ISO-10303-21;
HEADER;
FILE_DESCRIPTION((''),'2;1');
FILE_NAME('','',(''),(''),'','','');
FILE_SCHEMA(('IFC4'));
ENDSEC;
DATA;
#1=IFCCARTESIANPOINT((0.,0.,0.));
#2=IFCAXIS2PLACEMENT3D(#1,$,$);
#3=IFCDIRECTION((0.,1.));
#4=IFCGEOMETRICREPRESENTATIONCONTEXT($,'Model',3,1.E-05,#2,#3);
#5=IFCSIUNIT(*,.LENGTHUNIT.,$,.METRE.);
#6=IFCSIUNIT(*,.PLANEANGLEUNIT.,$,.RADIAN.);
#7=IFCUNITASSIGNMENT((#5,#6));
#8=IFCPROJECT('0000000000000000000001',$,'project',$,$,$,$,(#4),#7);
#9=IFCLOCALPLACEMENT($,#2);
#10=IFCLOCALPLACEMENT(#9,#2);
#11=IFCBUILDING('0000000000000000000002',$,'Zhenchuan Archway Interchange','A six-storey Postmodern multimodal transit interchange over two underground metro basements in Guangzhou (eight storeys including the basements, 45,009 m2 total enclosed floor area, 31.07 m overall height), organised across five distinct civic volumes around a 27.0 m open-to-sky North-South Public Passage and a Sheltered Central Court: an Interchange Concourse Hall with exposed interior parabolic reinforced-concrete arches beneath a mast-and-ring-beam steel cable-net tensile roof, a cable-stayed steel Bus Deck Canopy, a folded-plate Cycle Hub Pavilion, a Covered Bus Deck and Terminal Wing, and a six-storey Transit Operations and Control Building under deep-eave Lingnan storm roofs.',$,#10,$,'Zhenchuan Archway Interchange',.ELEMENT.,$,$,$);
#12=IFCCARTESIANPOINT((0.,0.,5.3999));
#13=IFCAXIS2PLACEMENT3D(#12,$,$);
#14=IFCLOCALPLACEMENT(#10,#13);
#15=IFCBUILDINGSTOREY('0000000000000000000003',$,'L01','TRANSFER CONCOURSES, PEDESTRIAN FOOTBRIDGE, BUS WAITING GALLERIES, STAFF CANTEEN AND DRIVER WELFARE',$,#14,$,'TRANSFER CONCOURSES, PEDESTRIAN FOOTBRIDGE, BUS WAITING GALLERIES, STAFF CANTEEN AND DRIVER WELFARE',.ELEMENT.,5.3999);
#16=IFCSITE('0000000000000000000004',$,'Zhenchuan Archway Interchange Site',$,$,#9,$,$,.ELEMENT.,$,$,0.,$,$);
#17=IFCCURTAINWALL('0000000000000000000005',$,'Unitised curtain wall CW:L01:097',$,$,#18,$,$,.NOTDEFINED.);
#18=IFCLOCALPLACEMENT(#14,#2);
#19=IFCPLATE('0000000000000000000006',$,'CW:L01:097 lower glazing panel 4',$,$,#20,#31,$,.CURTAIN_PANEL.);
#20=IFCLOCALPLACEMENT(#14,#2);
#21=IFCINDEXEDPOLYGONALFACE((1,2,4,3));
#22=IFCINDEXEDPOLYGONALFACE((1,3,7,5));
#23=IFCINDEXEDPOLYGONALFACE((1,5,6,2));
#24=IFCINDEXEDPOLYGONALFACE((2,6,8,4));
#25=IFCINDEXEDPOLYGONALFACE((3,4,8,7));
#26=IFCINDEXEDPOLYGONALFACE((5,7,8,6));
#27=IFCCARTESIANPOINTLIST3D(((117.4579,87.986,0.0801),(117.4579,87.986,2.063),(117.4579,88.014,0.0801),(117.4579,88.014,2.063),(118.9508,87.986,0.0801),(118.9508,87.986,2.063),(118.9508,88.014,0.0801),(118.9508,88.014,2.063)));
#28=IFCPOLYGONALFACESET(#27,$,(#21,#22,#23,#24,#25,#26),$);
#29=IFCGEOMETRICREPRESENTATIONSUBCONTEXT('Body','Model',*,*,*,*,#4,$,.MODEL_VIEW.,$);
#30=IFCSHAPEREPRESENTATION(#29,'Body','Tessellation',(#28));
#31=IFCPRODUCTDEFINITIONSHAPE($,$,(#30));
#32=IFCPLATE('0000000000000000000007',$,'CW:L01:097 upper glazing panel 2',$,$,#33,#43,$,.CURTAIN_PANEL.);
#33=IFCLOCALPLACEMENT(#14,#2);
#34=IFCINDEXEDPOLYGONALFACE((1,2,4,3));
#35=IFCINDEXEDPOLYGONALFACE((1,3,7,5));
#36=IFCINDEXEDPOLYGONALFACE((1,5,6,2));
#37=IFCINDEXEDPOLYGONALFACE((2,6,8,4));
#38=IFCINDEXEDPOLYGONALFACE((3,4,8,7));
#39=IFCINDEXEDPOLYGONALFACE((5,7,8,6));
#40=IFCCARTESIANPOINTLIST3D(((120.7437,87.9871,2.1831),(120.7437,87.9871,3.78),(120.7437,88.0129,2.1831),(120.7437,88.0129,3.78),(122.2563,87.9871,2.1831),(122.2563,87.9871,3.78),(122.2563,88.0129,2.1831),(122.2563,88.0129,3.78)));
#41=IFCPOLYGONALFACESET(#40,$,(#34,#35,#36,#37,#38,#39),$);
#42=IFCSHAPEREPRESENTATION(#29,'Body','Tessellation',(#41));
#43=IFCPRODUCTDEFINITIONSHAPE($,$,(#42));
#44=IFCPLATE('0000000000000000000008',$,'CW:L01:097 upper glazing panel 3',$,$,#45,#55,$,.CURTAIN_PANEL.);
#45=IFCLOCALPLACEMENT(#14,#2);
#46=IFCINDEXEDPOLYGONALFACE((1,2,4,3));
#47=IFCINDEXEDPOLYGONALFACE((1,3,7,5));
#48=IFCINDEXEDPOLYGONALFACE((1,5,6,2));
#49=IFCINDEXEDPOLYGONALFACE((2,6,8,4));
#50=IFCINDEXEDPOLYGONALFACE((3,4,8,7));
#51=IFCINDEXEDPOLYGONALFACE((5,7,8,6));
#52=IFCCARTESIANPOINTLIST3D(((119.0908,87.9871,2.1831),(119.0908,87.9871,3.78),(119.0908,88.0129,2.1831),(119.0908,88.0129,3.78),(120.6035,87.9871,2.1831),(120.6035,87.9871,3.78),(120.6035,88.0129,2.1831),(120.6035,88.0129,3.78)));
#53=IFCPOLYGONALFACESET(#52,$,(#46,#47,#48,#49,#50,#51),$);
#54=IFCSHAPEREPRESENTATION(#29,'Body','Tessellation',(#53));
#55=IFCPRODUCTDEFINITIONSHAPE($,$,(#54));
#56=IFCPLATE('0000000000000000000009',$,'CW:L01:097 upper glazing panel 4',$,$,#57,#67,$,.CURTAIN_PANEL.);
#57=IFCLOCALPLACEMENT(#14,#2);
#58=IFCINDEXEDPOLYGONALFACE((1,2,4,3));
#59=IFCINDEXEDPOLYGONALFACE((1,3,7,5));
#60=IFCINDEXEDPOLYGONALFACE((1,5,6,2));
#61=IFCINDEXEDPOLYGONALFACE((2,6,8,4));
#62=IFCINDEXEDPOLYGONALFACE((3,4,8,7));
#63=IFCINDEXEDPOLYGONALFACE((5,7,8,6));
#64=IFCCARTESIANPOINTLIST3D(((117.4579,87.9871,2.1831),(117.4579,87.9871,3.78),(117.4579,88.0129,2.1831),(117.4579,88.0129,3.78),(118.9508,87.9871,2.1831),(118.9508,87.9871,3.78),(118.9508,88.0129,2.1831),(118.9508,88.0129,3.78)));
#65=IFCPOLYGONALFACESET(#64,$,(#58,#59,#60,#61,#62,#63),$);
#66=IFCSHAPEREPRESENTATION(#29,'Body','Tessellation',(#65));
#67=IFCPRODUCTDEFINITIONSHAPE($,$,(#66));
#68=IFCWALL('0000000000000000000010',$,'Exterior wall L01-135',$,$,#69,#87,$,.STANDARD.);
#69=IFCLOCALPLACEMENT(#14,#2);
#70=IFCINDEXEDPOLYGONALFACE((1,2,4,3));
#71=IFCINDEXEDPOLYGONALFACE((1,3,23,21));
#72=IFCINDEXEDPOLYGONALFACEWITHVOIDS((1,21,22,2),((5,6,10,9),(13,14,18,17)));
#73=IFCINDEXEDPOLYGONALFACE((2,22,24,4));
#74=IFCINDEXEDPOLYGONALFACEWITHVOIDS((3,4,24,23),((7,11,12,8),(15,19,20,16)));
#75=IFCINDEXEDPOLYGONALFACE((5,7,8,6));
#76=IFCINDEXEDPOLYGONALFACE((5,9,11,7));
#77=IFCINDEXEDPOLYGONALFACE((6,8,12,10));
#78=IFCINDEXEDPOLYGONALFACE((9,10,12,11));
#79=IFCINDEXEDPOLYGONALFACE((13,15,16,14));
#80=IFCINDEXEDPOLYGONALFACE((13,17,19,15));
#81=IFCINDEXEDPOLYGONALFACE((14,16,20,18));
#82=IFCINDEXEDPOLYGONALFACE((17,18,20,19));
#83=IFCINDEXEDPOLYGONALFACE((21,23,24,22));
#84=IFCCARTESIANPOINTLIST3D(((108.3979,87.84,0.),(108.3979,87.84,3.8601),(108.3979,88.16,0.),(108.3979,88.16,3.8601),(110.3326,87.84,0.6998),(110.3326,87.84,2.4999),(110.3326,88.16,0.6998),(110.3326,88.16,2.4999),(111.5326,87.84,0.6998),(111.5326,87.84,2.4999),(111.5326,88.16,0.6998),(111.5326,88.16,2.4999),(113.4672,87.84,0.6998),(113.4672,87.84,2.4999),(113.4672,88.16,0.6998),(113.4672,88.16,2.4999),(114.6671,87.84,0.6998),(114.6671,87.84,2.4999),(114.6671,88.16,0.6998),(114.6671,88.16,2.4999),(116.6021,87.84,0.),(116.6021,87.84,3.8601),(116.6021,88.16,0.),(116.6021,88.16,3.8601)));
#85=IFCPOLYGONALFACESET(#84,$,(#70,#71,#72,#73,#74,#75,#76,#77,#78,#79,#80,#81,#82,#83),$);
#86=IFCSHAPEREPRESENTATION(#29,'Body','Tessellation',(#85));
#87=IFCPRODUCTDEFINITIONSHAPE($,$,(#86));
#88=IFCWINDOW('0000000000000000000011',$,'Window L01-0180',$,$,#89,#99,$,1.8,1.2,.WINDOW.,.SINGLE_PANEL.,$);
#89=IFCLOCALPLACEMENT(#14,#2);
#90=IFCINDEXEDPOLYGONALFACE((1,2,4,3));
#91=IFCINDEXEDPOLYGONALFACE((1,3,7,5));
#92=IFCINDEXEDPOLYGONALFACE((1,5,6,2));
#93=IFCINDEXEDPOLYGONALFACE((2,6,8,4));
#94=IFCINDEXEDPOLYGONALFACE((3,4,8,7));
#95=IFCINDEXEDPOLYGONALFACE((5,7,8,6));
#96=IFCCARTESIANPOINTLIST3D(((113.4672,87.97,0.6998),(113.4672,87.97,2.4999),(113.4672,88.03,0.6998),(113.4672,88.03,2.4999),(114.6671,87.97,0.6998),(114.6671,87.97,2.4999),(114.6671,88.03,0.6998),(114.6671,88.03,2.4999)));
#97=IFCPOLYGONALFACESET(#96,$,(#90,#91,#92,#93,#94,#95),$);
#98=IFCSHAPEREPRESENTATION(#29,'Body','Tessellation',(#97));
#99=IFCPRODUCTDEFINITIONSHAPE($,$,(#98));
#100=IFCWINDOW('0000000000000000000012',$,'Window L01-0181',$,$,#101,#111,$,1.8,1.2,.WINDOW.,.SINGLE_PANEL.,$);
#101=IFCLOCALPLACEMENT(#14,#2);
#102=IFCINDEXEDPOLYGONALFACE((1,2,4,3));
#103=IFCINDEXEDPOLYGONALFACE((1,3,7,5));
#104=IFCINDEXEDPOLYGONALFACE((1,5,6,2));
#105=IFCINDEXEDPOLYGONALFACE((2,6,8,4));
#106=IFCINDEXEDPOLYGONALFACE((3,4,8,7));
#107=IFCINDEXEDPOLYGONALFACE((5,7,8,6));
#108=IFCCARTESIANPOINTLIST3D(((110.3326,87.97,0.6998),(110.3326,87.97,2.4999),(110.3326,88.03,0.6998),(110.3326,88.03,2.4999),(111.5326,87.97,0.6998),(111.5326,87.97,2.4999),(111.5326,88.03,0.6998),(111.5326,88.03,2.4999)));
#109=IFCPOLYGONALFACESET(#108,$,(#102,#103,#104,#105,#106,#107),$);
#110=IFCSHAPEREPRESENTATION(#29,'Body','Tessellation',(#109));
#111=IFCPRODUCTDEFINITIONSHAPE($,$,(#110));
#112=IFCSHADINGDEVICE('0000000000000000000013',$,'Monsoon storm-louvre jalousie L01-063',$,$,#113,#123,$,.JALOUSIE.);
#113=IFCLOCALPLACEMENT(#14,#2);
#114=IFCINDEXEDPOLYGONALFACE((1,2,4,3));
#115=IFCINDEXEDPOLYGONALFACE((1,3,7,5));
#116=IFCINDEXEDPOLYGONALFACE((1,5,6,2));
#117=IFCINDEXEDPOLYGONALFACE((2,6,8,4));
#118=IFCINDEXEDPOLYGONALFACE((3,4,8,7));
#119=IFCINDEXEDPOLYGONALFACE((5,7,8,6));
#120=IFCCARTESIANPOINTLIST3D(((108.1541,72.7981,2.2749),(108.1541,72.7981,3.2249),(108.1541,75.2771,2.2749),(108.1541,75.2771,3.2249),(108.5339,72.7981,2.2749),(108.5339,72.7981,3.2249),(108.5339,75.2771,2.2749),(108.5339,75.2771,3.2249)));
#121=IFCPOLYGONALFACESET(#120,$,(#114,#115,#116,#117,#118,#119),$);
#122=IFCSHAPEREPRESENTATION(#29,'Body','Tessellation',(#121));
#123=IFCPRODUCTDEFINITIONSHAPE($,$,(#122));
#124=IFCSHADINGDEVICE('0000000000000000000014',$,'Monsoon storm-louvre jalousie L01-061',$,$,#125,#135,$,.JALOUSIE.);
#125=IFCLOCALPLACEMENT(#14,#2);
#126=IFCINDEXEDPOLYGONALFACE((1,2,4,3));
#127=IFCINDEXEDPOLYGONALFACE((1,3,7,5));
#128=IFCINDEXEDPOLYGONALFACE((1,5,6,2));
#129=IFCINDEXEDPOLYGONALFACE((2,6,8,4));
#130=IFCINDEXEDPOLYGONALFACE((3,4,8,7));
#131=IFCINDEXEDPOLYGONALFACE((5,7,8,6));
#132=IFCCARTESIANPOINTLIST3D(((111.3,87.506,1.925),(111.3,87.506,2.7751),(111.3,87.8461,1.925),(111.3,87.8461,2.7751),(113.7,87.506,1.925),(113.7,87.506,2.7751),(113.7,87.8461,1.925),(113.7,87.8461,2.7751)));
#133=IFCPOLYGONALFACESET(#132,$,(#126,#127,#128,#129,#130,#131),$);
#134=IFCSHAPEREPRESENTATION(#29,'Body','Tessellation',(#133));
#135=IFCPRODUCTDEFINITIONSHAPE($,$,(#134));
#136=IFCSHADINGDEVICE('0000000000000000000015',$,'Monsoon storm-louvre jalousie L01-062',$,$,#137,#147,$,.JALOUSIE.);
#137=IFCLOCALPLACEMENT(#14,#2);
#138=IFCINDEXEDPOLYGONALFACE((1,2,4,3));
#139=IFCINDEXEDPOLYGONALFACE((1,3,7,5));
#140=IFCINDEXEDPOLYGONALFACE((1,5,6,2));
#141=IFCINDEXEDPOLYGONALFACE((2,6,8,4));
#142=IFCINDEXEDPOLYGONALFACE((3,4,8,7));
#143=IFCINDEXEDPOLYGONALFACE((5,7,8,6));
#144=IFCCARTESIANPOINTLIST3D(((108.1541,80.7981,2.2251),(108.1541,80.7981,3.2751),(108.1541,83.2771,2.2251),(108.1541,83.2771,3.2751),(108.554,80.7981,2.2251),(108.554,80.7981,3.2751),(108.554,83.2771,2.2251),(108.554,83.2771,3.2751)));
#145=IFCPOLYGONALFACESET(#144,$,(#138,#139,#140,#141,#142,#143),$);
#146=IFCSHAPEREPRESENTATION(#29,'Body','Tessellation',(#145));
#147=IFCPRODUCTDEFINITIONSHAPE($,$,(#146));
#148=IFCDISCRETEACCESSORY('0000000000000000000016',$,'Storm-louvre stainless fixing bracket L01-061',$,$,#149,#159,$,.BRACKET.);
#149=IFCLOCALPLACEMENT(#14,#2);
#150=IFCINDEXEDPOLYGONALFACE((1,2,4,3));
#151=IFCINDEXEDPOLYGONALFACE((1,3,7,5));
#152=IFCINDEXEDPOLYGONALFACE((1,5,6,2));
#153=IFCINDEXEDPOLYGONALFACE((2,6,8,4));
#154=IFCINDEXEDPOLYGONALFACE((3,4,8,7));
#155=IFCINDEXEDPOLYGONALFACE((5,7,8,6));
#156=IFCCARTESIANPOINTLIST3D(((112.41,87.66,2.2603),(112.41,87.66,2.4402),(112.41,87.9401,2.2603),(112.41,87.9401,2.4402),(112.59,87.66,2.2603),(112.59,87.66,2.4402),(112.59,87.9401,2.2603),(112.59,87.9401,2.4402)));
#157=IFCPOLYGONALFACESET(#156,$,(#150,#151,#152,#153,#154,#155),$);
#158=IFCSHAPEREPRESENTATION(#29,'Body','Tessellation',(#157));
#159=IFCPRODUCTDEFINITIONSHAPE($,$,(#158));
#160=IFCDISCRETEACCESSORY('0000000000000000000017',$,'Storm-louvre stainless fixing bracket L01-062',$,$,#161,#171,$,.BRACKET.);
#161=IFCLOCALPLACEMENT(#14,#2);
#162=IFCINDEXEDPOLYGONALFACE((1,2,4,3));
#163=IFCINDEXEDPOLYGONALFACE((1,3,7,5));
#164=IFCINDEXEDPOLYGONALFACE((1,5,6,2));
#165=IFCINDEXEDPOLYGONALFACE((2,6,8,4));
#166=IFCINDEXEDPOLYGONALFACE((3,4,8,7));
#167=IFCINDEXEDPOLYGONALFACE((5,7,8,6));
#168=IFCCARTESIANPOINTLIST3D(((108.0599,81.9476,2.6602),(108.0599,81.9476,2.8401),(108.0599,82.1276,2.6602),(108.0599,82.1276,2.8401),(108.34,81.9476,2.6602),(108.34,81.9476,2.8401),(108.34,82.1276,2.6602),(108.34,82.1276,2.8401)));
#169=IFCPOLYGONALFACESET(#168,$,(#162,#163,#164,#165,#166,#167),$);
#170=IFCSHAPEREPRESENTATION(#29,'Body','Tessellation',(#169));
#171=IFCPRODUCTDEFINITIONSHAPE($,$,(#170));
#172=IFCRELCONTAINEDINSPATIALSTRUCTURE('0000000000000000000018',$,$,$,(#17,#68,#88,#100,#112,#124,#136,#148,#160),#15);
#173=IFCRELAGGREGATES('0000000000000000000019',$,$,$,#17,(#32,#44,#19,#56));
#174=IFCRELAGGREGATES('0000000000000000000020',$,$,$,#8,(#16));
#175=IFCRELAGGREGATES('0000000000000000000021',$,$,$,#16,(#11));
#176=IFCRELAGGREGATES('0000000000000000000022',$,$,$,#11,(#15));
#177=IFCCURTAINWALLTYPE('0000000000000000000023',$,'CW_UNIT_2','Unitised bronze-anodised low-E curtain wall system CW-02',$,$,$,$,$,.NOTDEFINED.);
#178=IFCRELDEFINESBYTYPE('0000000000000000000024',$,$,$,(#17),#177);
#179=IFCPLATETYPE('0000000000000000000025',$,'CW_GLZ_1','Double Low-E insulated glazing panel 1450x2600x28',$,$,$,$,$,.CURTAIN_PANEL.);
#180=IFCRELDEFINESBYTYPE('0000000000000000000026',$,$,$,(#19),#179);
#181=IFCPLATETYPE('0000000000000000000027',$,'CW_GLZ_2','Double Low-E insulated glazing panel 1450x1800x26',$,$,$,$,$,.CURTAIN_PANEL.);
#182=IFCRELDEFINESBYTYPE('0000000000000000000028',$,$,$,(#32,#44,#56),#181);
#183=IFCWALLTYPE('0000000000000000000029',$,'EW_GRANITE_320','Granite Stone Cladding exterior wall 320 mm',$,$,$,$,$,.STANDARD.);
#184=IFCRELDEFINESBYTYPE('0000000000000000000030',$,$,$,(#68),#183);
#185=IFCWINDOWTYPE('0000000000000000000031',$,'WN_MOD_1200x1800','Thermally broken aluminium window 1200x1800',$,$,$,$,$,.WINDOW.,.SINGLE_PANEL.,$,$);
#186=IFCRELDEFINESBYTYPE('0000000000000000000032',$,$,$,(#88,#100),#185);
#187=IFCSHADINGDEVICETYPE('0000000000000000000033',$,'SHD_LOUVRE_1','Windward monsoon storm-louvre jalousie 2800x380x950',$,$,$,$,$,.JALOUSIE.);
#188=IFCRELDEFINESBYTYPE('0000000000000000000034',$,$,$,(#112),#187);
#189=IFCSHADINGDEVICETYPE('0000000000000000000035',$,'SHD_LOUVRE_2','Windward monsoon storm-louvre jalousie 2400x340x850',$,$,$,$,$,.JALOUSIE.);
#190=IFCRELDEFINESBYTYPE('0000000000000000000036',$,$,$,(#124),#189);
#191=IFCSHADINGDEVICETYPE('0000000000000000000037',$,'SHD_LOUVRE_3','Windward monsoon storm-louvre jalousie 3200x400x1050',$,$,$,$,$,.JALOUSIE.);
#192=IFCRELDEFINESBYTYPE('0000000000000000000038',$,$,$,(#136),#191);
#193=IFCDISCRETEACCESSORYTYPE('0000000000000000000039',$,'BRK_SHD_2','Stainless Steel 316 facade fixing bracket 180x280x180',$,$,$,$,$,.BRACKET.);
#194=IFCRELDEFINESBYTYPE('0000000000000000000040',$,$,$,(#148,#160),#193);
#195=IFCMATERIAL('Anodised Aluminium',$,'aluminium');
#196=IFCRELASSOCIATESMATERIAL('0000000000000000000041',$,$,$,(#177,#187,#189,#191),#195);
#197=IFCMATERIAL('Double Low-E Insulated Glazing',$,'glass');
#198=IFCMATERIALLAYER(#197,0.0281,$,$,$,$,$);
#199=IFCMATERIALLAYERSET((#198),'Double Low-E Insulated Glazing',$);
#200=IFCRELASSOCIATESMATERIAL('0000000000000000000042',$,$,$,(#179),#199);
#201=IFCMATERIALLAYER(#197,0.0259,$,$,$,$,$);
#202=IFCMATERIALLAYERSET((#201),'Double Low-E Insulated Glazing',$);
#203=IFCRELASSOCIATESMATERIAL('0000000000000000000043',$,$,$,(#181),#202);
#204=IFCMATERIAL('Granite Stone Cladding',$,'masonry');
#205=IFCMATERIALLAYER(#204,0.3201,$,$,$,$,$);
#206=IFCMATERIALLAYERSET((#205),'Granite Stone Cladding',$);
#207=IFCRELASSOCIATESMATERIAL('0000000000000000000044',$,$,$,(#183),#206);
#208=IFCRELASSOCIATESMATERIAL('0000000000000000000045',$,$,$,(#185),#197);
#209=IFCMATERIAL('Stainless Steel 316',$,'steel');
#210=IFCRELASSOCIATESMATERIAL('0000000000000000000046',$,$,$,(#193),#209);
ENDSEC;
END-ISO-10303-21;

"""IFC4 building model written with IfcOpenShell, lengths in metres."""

from ifc_helpers import new_model, si_unit, direction, frame, frame_2d, origin, origin_2d, place, context, subcontext, project, spatial, rectangle, extrude, material, layer, layer_set, type_object, element, fill, aggregate, save


model = new_model("IFC4")

# Units and contexts
model_context = context("Model", 3, precision=1e-05, world=origin(), true_north=direction((0.0, 1.0)))
body_context = subcontext(model_context, "Body", "Model", "MODEL_VIEW")
ifc_project = project(units=[si_unit("LENGTHUNIT", "METRE"), si_unit("PLANEANGLEUNIT", "RADIAN")], contexts=[model_context])

# Site, building, storey
site_placement = place(None, origin())
site = spatial("IfcSite", under=ifc_project, at=site_placement, Name="Zhenchuan Archway Interchange Site", CompositionType="ELEMENT", RefElevation=0.0)
building_placement = place(site_placement, origin())
building = spatial("IfcBuilding", under=site, at=building_placement, Name="Zhenchuan Archway Interchange", Description="A six-storey Postmodern multimodal transit interchange over two underground metro basements in Guangzhou (eight storeys including the basements, 45,009 m2 total enclosed floor area, 31.07 m overall height), organised across five distinct civic volumes around a 27.0 m open-to-sky North-South Public Passage and a Sheltered Central Court: an Interchange Concourse Hall with exposed interior parabolic reinforced-concrete arches beneath a mast-and-ring-beam steel cable-net tensile roof, a cable-stayed steel Bus Deck Canopy, a folded-plate Cycle Hub Pavilion, a Covered Bus Deck and Terminal Wing, and a six-storey Transit Operations and Control Building under deep-eave Lingnan storm roofs.", LongName="Zhenchuan Archway Interchange", CompositionType="ELEMENT")
storey_placement = place(building_placement, frame((0.0, 0.0, 5.3999)))
storey = spatial("IfcBuildingStorey", under=building, at=storey_placement, Name="L01", Description="TRANSFER CONCOURSES, PEDESTRIAN FOOTBRIDGE, BUS WAITING GALLERIES, STAFF CANTEEN AND DRIVER WELFARE", LongName="TRANSFER CONCOURSES, PEDESTRIAN FOOTBRIDGE, BUS WAITING GALLERIES, STAFF CANTEEN AND DRIVER WELFARE", CompositionType="ELEMENT", Elevation=5.3999)

# Curtain wall
ifc_material_1 = material(Name="Anodised Aluminium", Category="aluminium")
curtain_wall_type = type_object("IfcCurtainWallType", Name="CW_UNIT_2", Description="Unitised bronze-anodised low-E curtain wall system CW-02", PredefinedType="NOTDEFINED", material=ifc_material_1)
curtain_wall_placement = place(storey_placement, origin())
curtain_wall = element("IfcCurtainWall", 1, at=curtain_wall_placement, inside=storey, type_object=curtain_wall_type, Name="Unitised curtain wall CW:L01:097", PredefinedType="NOTDEFINED")

# Plates
ifc_material_2 = material(Name="Double Low-E Insulated Glazing", Category="glass")
ifc_layer_1 = layer(ifc_material_2, 0.0281)
ifc_layer_set_1 = layer_set([ifc_layer_1], Name="Double Low-E Insulated Glazing")
plate_type_1 = type_object("IfcPlateType", Name="CW_GLZ_1", Description="Double Low-E insulated glazing panel 1450x2600x28", PredefinedType="CURTAIN_PANEL", material=ifc_layer_set_1)
plate_1_placement = place(storey_placement, frame((118.2043, 88.0, 0.0801), z_axis=(0.0, 0.0, 1.0), x_axis=(-1.0, 0.0, 0.0)))
plate_1 = element("IfcPlate", 2, at=plate_1_placement, type_object=plate_type_1, Name="CW:L01:097 lower glazing panel 4", PredefinedType="CURTAIN_PANEL", context=body_context, shape_type="SweptSolid", body=[
    extrude(rectangle(XDim=1.4929, YDim=0.0281, at=origin_2d()), origin(), (0.0, 0.0, 1.0), 1.9829),
])
ifc_layer_2 = layer(ifc_material_2, 0.0259)
ifc_layer_set_2 = layer_set([ifc_layer_2], Name="Double Low-E Insulated Glazing")
plate_type_2 = type_object("IfcPlateType", Name="CW_GLZ_2", Description="Double Low-E insulated glazing panel 1450x1800x26", PredefinedType="CURTAIN_PANEL", material=ifc_layer_set_2)
plate_2_placement = place(storey_placement, frame((121.5, 88.0, 2.1831), z_axis=(0.0, 0.0, 1.0), x_axis=(-1.0, 0.0, 0.0)))
plate_2 = element("IfcPlate", 3, at=plate_2_placement, type_object=plate_type_2, Name="CW:L01:097 upper glazing panel 2", PredefinedType="CURTAIN_PANEL", context=body_context, shape_type="SweptSolid", body=[
    extrude(rectangle(XDim=1.5127, YDim=0.0259, at=origin_2d()), origin(), (0.0, 0.0, 1.0), 1.5969),
])
plate_3_placement = place(storey_placement, frame((119.8472, 88.0, 2.1831), z_axis=(0.0, 0.0, 1.0), x_axis=(-1.0, 0.0, 0.0)))
plate_3 = element("IfcPlate", 4, at=plate_3_placement, type_object=plate_type_2, Name="CW:L01:097 upper glazing panel 3", PredefinedType="CURTAIN_PANEL", context=body_context, shape_type="SweptSolid", body=[
    extrude(rectangle(XDim=1.5127, YDim=0.0259, at=origin_2d()), origin(), (0.0, 0.0, 1.0), 1.5969),
])
plate_4_placement = place(storey_placement, frame((118.2043, 88.0, 2.1831), z_axis=(0.0, 0.0, 1.0), x_axis=(-1.0, 0.0, 0.0)))
plate_4 = element("IfcPlate", 5, at=plate_4_placement, type_object=plate_type_2, Name="CW:L01:097 upper glazing panel 4", PredefinedType="CURTAIN_PANEL", context=body_context, shape_type="SweptSolid", body=[
    extrude(rectangle(XDim=1.4929, YDim=0.0259, at=origin_2d()), origin(), (0.0, 0.0, 1.0), 1.5969),
])
aggregate(curtain_wall, [plate_2, plate_3, plate_1, plate_4])

# Wall, openings, windows
ifc_material_3 = material(Name="Granite Stone Cladding", Category="masonry")
ifc_layer_3 = layer(ifc_material_3, 0.3201)
ifc_layer_set_3 = layer_set([ifc_layer_3], Name="Granite Stone Cladding")
wall_type = type_object("IfcWallType", Name="EW_GRANITE_320", Description="Granite Stone Cladding exterior wall 320 mm", PredefinedType="STANDARD", material=ifc_layer_set_3)
wall_placement = place(storey_placement, frame((116.6021, 88.0, 0.0), z_axis=(0.0, 0.0, 1.0), x_axis=(-1.0, 0.0, 0.0)))
wall = element("IfcWall", 6, at=wall_placement, inside=storey, type_object=wall_type, Name="Exterior wall L01-135", PredefinedType="STANDARD", context=body_context, shape_type="SweptSolid", body=[
    extrude(rectangle(XDim=8.2041, YDim=0.3201, at=frame_2d((4.1021, 0.0))), origin(), (0.0, 0.0, 1.0), 3.8601),
])
opening_1_placement = place(wall_placement, frame((1.9348, 0.0, 0.7)))
opening_1 = element("IfcOpeningElement", 7, at=opening_1_placement, cuts=wall, PredefinedType="OPENING", context=body_context, shape_type="SweptSolid", body=[
    extrude(rectangle(XDim=1.2, YDim=1.8, at=frame_2d((0.6001, 0.8999))), frame((0.0, 0.1719, 0.0), z_axis=(0.0, -1.0, 0.0), x_axis=(1.0, 0.0, 0.0)), (0.0, 0.0, 1.0), 0.344),
])
opening_2_placement = place(wall_placement, frame((5.0693, 0.0, 0.7)))
opening_2 = element("IfcOpeningElement", 8, at=opening_2_placement, cuts=wall, PredefinedType="OPENING", context=body_context, shape_type="SweptSolid", body=[
    extrude(rectangle(XDim=1.2, YDim=1.8, at=frame_2d((0.6001, 0.8999))), frame((0.0, 0.1719, 0.0), z_axis=(0.0, -1.0, 0.0), x_axis=(1.0, 0.0, 0.0)), (0.0, 0.0, 1.0), 0.344),
])
window_type = type_object("IfcWindowType", Name="WN_MOD_1200x1800", Description="Thermally broken aluminium window 1200x1800", PartitioningType="SINGLE_PANEL", PredefinedType="WINDOW", material=ifc_material_2)
window_1_placement = place(opening_1_placement, origin())
window_1 = element("IfcWindow", 9, at=window_1_placement, inside=storey, type_object=window_type, Name="Window L01-0180", OverallHeight=1.8, OverallWidth=1.2, PartitioningType="SINGLE_PANEL", PredefinedType="WINDOW", context=body_context, shape_type="SweptSolid", body=[
    extrude(rectangle(XDim=1.2, YDim=1.8, at=frame_2d((0.6001, 0.8999))), frame((0.0, 0.03, 0.0), z_axis=(0.0, -1.0, 0.0), x_axis=(1.0, 0.0, 0.0)), (0.0, 0.0, 1.0), 0.0601),
])
fill(opening_1, window_1)
window_2_placement = place(opening_2_placement, origin())
window_2 = element("IfcWindow", 10, at=window_2_placement, inside=storey, type_object=window_type, Name="Window L01-0181", OverallHeight=1.8, OverallWidth=1.2, PartitioningType="SINGLE_PANEL", PredefinedType="WINDOW", context=body_context, shape_type="SweptSolid", body=[
    extrude(rectangle(XDim=1.2, YDim=1.8, at=frame_2d((0.6001, 0.8999))), frame((0.0, 0.03, 0.0), z_axis=(0.0, -1.0, 0.0), x_axis=(1.0, 0.0, 0.0)), (0.0, 0.0, 1.0), 0.0601),
])
fill(opening_2, window_2)

# Shading devices
shading_device_type_1 = type_object("IfcShadingDeviceType", Name="SHD_LOUVRE_1", Description="Windward monsoon storm-louvre jalousie 2800x380x950", PredefinedType="JALOUSIE", material=ifc_material_1)
shading_device_1_placement = place(storey_placement, frame((108.344, 74.0376, 2.2749), z_axis=(0.0, 0.0, 1.0), x_axis=(0.0, -1.0, 0.0)))
element("IfcShadingDevice", 11, at=shading_device_1_placement, inside=storey, type_object=shading_device_type_1, Name="Monsoon storm-louvre jalousie L01-063", PredefinedType="JALOUSIE", context=body_context, shape_type="SweptSolid", body=[
    extrude(rectangle(XDim=2.479, YDim=0.3799, at=origin_2d()), origin(), (0.0, 0.0, 1.0), 0.95),
])
shading_device_type_2 = type_object("IfcShadingDeviceType", Name="SHD_LOUVRE_2", Description="Windward monsoon storm-louvre jalousie 2400x340x850", PredefinedType="JALOUSIE", material=ifc_material_1)
shading_device_2_placement = place(storey_placement, frame((112.5, 87.676, 1.925), z_axis=(0.0, 0.0, 1.0), x_axis=(-1.0, 0.0, 0.0)))
element("IfcShadingDevice", 12, at=shading_device_2_placement, inside=storey, type_object=shading_device_type_2, Name="Monsoon storm-louvre jalousie L01-061", PredefinedType="JALOUSIE", context=body_context, shape_type="SweptSolid", body=[
    extrude(rectangle(XDim=2.3999, YDim=0.3401, at=origin_2d()), origin(), (0.0, 0.0, 1.0), 0.8501),
])
shading_device_type_3 = type_object("IfcShadingDeviceType", Name="SHD_LOUVRE_3", Description="Windward monsoon storm-louvre jalousie 3200x400x1050", PredefinedType="JALOUSIE", material=ifc_material_1)
shading_device_3_placement = place(storey_placement, frame((108.354, 82.0376, 2.2251), z_axis=(0.0, 0.0, 1.0), x_axis=(0.0, -1.0, 0.0)))
element("IfcShadingDevice", 13, at=shading_device_3_placement, inside=storey, type_object=shading_device_type_3, Name="Monsoon storm-louvre jalousie L01-062", PredefinedType="JALOUSIE", context=body_context, shape_type="SweptSolid", body=[
    extrude(rectangle(XDim=2.479, YDim=0.3999, at=origin_2d()), origin(), (0.0, 0.0, 1.0), 1.05),
])

# Discrete accessories
ifc_material_4 = material(Name="Stainless Steel 316", Category="steel")
discrete_accessory_type = type_object("IfcDiscreteAccessoryType", Name="BRK_SHD_2", Description="Stainless Steel 316 facade fixing bracket 180x280x180", PredefinedType="BRACKET", material=ifc_material_4)
for number, where, z_axis, x_axis, name in (
    (14, (112.5, 87.8, 2.2603), (0.0, 0.0, 1.0), (-1.0, 0.0, 0.0), "Storm-louvre stainless fixing bracket L01-061"),
    (15, (108.2, 82.0376, 2.6602), (0.0, 0.0, 1.0), (0.0, -1.0, 0.0), "Storm-louvre stainless fixing bracket L01-062"),
):
    element("IfcDiscreteAccessory", number, at=place(storey_placement, frame(where, z_axis=z_axis, x_axis=x_axis)), inside=storey, type_object=discrete_accessory_type, Name=name, PredefinedType="BRACKET", context=body_context, shape_type="SweptSolid", body=[
        extrude(rectangle(XDim=0.1799, YDim=0.28, at=origin_2d()), origin(), (0.0, 0.0, 1.0), 0.1799),
    ])

save(model, "model.ifc")
